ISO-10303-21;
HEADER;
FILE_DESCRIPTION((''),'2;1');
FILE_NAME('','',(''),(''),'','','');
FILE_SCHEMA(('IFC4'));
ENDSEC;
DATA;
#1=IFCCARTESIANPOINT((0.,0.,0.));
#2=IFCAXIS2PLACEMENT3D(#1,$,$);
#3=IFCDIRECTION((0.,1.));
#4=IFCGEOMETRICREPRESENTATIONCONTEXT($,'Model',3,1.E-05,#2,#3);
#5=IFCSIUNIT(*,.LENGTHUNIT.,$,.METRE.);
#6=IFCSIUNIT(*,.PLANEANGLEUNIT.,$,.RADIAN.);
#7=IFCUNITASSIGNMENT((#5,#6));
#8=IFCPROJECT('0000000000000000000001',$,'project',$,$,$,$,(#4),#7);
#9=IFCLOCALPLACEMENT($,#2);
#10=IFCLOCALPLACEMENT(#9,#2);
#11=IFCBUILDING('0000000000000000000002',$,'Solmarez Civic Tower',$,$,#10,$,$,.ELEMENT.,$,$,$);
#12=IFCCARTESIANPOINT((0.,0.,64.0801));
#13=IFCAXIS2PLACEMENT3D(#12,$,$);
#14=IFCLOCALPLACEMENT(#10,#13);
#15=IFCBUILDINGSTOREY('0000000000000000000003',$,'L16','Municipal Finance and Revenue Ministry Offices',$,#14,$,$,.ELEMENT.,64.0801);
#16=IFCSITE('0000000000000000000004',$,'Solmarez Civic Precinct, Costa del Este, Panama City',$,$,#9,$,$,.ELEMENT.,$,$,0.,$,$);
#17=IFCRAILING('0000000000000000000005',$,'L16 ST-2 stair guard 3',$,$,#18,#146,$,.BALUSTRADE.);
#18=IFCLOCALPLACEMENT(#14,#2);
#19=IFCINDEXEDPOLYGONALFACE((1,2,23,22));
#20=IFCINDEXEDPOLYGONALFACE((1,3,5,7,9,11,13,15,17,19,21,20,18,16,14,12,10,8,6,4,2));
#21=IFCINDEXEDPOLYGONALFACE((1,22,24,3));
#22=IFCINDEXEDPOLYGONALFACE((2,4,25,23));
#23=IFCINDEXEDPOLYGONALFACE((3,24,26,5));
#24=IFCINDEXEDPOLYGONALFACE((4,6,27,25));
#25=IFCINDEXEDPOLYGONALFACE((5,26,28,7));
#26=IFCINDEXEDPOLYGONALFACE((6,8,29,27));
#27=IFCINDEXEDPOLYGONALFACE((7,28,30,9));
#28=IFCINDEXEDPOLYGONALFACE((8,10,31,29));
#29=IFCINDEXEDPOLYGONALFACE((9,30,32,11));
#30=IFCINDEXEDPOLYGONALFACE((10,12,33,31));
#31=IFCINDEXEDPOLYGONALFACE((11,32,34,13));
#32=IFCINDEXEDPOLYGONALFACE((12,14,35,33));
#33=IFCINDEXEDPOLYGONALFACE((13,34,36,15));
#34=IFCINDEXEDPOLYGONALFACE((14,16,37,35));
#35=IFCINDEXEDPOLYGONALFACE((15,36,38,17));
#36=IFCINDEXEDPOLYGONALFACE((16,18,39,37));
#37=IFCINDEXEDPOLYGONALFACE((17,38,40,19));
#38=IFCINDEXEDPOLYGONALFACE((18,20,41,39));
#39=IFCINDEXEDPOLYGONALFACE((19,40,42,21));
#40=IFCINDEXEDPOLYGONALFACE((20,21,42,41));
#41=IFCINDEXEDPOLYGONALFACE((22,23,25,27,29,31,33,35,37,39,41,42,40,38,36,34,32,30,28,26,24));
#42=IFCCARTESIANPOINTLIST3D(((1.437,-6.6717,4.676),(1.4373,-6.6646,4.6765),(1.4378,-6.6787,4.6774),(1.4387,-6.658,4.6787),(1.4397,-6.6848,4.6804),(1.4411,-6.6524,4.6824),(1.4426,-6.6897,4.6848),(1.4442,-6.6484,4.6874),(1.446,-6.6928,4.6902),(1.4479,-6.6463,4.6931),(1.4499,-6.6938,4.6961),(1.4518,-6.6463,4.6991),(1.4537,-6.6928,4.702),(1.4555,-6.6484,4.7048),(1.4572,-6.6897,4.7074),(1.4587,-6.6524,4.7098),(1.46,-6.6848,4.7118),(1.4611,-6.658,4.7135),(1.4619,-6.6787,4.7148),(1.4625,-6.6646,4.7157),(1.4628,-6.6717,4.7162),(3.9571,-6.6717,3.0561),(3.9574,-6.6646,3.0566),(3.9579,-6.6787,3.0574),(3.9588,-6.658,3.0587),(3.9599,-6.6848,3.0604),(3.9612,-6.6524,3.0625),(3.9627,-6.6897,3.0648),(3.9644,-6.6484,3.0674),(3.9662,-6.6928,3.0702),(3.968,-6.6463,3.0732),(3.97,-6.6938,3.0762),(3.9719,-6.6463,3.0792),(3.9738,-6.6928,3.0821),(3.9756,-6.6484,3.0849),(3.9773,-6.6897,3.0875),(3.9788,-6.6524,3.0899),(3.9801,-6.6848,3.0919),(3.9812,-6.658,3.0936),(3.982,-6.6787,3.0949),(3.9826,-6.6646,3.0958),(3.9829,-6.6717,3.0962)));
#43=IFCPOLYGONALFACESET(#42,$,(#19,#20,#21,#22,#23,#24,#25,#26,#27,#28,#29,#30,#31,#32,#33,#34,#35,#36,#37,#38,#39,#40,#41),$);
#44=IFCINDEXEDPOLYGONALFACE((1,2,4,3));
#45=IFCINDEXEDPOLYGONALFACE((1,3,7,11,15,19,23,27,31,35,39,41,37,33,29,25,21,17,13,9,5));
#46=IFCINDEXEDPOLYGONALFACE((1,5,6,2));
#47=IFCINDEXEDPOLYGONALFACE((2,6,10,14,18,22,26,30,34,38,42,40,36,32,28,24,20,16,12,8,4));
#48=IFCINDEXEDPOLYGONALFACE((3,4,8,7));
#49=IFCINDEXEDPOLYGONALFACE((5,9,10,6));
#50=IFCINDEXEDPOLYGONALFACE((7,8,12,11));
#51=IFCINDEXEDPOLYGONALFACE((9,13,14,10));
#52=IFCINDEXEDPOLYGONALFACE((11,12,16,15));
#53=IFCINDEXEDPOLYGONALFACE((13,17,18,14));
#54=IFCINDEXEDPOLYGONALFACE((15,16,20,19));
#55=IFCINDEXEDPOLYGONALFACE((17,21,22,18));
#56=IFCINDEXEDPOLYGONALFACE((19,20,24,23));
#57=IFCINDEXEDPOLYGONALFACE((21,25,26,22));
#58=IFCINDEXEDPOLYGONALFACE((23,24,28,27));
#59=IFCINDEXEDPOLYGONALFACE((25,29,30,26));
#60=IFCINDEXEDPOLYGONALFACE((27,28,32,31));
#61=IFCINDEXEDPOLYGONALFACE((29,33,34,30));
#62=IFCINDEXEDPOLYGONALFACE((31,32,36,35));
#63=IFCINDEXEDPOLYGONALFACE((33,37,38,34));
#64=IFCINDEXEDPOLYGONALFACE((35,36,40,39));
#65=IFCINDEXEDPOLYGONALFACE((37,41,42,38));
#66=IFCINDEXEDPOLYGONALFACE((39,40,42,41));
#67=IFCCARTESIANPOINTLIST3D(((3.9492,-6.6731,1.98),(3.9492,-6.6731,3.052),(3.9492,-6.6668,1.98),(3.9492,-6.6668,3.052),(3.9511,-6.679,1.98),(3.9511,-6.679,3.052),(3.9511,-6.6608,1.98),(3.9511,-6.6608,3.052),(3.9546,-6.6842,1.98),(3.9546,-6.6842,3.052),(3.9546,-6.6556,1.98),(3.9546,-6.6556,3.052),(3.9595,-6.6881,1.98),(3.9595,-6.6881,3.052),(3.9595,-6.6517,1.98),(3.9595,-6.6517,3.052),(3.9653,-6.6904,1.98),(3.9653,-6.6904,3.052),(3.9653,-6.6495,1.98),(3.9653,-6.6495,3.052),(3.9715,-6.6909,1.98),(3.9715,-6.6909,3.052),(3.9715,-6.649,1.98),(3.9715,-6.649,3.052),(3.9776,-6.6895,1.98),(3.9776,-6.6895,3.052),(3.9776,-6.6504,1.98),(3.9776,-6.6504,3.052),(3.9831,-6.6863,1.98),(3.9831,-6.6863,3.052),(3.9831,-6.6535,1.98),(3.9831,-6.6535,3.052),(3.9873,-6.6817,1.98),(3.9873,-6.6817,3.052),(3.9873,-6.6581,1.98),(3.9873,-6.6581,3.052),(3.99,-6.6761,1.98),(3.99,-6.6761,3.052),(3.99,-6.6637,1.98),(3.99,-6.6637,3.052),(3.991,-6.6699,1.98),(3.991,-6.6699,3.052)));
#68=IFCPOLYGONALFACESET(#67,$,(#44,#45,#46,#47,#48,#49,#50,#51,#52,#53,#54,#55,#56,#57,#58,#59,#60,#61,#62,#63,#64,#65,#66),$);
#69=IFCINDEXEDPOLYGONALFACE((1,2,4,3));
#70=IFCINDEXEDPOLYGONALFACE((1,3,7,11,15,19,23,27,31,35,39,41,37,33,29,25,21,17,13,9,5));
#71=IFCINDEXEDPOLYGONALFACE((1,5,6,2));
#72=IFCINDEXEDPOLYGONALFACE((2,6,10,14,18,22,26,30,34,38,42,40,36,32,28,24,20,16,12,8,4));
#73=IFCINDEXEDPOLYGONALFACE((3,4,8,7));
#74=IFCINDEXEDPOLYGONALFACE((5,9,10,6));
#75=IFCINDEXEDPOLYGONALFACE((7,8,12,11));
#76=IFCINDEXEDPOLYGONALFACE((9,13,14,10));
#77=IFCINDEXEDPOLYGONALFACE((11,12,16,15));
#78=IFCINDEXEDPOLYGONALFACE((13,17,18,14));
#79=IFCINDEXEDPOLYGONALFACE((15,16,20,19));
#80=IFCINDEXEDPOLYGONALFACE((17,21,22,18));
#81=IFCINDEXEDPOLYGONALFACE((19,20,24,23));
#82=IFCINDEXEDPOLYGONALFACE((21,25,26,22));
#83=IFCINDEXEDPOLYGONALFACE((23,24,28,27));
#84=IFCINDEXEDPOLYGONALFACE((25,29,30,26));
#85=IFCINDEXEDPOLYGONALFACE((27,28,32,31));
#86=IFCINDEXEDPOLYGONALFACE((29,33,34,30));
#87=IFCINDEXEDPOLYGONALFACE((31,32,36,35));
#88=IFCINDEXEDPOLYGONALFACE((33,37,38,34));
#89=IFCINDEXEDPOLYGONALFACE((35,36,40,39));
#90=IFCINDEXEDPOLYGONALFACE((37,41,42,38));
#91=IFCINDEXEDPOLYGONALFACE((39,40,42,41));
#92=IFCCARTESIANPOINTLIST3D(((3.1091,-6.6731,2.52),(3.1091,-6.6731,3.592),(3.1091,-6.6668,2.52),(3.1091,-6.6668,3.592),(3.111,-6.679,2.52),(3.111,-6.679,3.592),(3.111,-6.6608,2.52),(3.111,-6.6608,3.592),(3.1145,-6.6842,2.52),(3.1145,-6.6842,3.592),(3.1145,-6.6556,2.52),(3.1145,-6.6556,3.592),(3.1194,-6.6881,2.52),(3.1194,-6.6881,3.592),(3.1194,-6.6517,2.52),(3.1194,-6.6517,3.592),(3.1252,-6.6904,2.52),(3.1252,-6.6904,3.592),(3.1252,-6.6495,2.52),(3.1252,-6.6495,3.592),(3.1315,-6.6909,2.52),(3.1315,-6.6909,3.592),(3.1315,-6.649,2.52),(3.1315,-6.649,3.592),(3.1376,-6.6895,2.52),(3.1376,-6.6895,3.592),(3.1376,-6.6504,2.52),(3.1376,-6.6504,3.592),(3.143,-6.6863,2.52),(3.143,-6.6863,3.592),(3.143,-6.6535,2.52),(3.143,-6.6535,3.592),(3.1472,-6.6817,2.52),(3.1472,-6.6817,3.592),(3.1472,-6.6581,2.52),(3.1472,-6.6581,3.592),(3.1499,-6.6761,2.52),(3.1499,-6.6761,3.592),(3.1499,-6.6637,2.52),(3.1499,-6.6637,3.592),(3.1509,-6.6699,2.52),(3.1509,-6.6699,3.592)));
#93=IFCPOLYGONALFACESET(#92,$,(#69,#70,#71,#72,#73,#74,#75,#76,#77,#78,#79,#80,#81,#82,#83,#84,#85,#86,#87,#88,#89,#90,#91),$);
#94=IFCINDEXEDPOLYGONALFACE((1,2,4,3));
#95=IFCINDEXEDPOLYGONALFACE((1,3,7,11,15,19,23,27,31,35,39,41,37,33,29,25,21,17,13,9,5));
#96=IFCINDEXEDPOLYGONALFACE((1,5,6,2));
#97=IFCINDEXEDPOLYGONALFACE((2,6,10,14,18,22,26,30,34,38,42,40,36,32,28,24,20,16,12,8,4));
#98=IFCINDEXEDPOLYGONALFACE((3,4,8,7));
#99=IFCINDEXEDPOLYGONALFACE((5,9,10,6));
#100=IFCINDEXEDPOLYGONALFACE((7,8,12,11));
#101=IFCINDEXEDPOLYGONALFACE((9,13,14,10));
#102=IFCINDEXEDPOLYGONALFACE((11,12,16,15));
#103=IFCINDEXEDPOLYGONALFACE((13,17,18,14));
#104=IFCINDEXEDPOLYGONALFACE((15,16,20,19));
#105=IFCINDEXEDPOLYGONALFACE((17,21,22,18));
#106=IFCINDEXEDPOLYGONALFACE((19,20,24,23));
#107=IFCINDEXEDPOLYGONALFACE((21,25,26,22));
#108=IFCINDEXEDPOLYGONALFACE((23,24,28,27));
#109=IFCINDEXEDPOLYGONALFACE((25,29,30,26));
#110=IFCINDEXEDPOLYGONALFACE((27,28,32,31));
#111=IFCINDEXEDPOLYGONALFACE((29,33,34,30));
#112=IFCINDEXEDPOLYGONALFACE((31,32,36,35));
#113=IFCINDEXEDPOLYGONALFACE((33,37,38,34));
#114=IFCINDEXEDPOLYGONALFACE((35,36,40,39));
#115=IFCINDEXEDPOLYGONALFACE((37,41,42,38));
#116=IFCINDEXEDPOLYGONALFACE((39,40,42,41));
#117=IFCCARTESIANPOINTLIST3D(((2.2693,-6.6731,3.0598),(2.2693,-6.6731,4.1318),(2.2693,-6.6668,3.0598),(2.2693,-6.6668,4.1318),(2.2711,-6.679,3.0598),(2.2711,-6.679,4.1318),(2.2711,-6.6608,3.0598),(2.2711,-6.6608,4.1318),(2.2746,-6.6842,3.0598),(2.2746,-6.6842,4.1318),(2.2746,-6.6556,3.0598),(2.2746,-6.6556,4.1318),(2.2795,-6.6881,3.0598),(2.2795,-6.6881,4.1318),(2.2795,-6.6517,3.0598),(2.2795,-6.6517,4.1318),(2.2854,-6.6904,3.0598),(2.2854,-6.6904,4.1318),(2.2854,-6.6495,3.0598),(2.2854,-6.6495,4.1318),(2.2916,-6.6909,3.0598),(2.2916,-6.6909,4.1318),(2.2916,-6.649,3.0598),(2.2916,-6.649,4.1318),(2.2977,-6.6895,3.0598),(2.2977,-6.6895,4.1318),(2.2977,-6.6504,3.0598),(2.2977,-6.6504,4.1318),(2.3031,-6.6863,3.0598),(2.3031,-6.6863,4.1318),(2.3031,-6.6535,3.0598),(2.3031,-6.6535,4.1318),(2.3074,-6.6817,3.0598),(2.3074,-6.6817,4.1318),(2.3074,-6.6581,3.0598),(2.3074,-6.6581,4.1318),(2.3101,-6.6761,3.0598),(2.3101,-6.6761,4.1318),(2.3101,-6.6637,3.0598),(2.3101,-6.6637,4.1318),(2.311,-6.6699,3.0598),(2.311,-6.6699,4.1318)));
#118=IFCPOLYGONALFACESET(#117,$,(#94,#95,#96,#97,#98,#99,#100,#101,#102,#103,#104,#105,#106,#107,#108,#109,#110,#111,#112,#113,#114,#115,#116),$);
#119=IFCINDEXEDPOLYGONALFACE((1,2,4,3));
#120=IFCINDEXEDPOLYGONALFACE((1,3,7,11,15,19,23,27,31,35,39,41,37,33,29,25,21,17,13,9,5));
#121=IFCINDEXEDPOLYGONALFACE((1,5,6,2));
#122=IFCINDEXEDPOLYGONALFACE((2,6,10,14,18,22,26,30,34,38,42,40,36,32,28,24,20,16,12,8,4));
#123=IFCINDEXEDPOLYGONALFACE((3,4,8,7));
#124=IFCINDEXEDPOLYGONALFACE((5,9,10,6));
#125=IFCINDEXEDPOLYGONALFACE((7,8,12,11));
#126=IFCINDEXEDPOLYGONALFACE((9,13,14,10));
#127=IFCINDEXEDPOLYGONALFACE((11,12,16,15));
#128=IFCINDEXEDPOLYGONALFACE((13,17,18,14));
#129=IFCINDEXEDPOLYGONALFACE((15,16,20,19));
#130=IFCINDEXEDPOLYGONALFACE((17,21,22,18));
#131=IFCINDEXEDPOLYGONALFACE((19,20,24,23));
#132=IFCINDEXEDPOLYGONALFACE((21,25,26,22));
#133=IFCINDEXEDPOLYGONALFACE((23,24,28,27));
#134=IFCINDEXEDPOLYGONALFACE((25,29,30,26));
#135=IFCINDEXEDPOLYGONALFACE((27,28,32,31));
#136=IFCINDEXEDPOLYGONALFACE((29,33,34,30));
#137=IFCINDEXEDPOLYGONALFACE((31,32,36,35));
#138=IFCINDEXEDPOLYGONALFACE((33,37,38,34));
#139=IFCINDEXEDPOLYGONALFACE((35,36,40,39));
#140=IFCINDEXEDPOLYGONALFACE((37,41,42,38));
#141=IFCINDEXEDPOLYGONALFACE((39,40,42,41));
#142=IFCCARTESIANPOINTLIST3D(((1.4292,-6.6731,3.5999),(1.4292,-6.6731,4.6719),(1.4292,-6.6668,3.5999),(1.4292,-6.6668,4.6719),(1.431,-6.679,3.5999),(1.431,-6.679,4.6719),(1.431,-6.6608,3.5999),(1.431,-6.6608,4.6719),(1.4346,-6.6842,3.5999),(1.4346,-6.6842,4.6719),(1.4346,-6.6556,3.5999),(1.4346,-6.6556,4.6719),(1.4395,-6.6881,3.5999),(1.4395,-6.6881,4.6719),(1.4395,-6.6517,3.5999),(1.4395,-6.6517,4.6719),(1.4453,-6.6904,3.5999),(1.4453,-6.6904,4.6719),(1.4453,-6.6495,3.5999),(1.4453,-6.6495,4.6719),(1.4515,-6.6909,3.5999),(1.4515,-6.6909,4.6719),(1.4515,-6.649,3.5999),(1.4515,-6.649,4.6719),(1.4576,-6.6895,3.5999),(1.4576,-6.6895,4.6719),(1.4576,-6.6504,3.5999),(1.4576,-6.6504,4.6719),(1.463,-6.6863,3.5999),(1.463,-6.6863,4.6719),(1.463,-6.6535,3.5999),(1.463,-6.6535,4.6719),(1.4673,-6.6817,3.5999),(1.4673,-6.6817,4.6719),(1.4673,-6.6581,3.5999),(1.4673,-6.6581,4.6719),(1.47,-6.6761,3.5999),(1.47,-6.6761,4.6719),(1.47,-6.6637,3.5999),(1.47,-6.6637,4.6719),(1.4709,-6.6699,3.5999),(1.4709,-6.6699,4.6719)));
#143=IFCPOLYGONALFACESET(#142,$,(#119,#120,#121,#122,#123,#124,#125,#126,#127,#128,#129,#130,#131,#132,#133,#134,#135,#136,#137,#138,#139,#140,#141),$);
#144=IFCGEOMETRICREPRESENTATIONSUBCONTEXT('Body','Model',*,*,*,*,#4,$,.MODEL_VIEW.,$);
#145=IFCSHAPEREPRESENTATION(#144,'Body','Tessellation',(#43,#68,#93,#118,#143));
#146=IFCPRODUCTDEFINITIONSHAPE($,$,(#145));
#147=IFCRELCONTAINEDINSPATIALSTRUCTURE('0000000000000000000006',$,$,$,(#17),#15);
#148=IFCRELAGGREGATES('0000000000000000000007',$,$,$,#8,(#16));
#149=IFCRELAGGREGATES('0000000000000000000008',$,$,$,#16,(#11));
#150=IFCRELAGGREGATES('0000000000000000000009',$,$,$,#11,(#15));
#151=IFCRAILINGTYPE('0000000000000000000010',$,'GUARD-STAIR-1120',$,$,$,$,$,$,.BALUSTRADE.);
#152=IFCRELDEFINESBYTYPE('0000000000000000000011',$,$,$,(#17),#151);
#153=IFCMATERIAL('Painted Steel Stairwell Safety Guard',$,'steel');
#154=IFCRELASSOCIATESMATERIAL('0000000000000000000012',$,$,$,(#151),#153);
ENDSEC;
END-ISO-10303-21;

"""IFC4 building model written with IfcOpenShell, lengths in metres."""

from ifc_helpers import new_model, si_unit, direction, frame, origin, origin_2d, place, context, subcontext, project, spatial, circle, extrude, material, type_object, element, save


model = new_model("IFC4")

# Units and contexts
model_context = context("Model", 3, precision=1e-05, world=origin(), true_north=direction((0.0, 1.0)))
body_context = subcontext(model_context, "Body", "Model", "MODEL_VIEW")
ifc_project = project(units=[si_unit("LENGTHUNIT", "METRE"), si_unit("PLANEANGLEUNIT", "RADIAN")], contexts=[model_context])

# Site, building, storey
site_placement = place(None, origin())
site = spatial("IfcSite", under=ifc_project, at=site_placement, Name="Solmarez Civic Precinct, Costa del Este, Panama City", CompositionType="ELEMENT", RefElevation=0.0)
building_placement = place(site_placement, origin())
building = spatial("IfcBuilding", under=site, at=building_placement, Name="Solmarez Civic Tower", CompositionType="ELEMENT")
storey_placement = place(building_placement, frame((0.0, 0.0, 64.0801)))
storey = spatial("IfcBuildingStorey", under=building, at=storey_placement, Name="L16", Description="Municipal Finance and Revenue Ministry Offices", CompositionType="ELEMENT", Elevation=64.0801)

# Railing
ifc_material_1 = material(Name="Painted Steel Stairwell Safety Guard", Category="steel")
railing_type_1 = type_object("IfcRailingType", Name="GUARD-STAIR-1120", PredefinedType="BALUSTRADE", material=ifc_material_1)
railing_1_placement = place(storey_placement, frame((3.97, -6.6699, 1.98)))
element("IfcRailing", 1, at=railing_1_placement, inside=storey, type_object=railing_type_1, Name="L16 ST-2 stair guard 3", PredefinedType="BALUSTRADE", context=body_context, shape_type="SweptSolid", body=[
    extrude(circle(Radius=0.0239, at=origin_2d()), frame((0.0, 0.0, 1.0962), z_axis=(-0.8412, 0.0, 0.540725), x_axis=(0.0, -1.0, 0.0)), (0.0, 0.0, 1.0), 2.9958),
    extrude(circle(Radius=0.021, at=origin_2d()), origin(), (0.0, 0.0, 1.0), 1.072),
    extrude(circle(Radius=0.021, at=origin_2d()), frame((-0.8401, 0.0, 0.54)), (0.0, 0.0, 1.0), 1.072),
    extrude(circle(Radius=0.021, at=origin_2d()), frame((-1.6799, 0.0, 1.0798)), (0.0, 0.0, 1.0), 1.072),
    extrude(circle(Radius=0.021, at=origin_2d()), frame((-2.52, 0.0, 1.6199)), (0.0, 0.0, 1.0), 1.072),
])

save(model, "model.ifc")
